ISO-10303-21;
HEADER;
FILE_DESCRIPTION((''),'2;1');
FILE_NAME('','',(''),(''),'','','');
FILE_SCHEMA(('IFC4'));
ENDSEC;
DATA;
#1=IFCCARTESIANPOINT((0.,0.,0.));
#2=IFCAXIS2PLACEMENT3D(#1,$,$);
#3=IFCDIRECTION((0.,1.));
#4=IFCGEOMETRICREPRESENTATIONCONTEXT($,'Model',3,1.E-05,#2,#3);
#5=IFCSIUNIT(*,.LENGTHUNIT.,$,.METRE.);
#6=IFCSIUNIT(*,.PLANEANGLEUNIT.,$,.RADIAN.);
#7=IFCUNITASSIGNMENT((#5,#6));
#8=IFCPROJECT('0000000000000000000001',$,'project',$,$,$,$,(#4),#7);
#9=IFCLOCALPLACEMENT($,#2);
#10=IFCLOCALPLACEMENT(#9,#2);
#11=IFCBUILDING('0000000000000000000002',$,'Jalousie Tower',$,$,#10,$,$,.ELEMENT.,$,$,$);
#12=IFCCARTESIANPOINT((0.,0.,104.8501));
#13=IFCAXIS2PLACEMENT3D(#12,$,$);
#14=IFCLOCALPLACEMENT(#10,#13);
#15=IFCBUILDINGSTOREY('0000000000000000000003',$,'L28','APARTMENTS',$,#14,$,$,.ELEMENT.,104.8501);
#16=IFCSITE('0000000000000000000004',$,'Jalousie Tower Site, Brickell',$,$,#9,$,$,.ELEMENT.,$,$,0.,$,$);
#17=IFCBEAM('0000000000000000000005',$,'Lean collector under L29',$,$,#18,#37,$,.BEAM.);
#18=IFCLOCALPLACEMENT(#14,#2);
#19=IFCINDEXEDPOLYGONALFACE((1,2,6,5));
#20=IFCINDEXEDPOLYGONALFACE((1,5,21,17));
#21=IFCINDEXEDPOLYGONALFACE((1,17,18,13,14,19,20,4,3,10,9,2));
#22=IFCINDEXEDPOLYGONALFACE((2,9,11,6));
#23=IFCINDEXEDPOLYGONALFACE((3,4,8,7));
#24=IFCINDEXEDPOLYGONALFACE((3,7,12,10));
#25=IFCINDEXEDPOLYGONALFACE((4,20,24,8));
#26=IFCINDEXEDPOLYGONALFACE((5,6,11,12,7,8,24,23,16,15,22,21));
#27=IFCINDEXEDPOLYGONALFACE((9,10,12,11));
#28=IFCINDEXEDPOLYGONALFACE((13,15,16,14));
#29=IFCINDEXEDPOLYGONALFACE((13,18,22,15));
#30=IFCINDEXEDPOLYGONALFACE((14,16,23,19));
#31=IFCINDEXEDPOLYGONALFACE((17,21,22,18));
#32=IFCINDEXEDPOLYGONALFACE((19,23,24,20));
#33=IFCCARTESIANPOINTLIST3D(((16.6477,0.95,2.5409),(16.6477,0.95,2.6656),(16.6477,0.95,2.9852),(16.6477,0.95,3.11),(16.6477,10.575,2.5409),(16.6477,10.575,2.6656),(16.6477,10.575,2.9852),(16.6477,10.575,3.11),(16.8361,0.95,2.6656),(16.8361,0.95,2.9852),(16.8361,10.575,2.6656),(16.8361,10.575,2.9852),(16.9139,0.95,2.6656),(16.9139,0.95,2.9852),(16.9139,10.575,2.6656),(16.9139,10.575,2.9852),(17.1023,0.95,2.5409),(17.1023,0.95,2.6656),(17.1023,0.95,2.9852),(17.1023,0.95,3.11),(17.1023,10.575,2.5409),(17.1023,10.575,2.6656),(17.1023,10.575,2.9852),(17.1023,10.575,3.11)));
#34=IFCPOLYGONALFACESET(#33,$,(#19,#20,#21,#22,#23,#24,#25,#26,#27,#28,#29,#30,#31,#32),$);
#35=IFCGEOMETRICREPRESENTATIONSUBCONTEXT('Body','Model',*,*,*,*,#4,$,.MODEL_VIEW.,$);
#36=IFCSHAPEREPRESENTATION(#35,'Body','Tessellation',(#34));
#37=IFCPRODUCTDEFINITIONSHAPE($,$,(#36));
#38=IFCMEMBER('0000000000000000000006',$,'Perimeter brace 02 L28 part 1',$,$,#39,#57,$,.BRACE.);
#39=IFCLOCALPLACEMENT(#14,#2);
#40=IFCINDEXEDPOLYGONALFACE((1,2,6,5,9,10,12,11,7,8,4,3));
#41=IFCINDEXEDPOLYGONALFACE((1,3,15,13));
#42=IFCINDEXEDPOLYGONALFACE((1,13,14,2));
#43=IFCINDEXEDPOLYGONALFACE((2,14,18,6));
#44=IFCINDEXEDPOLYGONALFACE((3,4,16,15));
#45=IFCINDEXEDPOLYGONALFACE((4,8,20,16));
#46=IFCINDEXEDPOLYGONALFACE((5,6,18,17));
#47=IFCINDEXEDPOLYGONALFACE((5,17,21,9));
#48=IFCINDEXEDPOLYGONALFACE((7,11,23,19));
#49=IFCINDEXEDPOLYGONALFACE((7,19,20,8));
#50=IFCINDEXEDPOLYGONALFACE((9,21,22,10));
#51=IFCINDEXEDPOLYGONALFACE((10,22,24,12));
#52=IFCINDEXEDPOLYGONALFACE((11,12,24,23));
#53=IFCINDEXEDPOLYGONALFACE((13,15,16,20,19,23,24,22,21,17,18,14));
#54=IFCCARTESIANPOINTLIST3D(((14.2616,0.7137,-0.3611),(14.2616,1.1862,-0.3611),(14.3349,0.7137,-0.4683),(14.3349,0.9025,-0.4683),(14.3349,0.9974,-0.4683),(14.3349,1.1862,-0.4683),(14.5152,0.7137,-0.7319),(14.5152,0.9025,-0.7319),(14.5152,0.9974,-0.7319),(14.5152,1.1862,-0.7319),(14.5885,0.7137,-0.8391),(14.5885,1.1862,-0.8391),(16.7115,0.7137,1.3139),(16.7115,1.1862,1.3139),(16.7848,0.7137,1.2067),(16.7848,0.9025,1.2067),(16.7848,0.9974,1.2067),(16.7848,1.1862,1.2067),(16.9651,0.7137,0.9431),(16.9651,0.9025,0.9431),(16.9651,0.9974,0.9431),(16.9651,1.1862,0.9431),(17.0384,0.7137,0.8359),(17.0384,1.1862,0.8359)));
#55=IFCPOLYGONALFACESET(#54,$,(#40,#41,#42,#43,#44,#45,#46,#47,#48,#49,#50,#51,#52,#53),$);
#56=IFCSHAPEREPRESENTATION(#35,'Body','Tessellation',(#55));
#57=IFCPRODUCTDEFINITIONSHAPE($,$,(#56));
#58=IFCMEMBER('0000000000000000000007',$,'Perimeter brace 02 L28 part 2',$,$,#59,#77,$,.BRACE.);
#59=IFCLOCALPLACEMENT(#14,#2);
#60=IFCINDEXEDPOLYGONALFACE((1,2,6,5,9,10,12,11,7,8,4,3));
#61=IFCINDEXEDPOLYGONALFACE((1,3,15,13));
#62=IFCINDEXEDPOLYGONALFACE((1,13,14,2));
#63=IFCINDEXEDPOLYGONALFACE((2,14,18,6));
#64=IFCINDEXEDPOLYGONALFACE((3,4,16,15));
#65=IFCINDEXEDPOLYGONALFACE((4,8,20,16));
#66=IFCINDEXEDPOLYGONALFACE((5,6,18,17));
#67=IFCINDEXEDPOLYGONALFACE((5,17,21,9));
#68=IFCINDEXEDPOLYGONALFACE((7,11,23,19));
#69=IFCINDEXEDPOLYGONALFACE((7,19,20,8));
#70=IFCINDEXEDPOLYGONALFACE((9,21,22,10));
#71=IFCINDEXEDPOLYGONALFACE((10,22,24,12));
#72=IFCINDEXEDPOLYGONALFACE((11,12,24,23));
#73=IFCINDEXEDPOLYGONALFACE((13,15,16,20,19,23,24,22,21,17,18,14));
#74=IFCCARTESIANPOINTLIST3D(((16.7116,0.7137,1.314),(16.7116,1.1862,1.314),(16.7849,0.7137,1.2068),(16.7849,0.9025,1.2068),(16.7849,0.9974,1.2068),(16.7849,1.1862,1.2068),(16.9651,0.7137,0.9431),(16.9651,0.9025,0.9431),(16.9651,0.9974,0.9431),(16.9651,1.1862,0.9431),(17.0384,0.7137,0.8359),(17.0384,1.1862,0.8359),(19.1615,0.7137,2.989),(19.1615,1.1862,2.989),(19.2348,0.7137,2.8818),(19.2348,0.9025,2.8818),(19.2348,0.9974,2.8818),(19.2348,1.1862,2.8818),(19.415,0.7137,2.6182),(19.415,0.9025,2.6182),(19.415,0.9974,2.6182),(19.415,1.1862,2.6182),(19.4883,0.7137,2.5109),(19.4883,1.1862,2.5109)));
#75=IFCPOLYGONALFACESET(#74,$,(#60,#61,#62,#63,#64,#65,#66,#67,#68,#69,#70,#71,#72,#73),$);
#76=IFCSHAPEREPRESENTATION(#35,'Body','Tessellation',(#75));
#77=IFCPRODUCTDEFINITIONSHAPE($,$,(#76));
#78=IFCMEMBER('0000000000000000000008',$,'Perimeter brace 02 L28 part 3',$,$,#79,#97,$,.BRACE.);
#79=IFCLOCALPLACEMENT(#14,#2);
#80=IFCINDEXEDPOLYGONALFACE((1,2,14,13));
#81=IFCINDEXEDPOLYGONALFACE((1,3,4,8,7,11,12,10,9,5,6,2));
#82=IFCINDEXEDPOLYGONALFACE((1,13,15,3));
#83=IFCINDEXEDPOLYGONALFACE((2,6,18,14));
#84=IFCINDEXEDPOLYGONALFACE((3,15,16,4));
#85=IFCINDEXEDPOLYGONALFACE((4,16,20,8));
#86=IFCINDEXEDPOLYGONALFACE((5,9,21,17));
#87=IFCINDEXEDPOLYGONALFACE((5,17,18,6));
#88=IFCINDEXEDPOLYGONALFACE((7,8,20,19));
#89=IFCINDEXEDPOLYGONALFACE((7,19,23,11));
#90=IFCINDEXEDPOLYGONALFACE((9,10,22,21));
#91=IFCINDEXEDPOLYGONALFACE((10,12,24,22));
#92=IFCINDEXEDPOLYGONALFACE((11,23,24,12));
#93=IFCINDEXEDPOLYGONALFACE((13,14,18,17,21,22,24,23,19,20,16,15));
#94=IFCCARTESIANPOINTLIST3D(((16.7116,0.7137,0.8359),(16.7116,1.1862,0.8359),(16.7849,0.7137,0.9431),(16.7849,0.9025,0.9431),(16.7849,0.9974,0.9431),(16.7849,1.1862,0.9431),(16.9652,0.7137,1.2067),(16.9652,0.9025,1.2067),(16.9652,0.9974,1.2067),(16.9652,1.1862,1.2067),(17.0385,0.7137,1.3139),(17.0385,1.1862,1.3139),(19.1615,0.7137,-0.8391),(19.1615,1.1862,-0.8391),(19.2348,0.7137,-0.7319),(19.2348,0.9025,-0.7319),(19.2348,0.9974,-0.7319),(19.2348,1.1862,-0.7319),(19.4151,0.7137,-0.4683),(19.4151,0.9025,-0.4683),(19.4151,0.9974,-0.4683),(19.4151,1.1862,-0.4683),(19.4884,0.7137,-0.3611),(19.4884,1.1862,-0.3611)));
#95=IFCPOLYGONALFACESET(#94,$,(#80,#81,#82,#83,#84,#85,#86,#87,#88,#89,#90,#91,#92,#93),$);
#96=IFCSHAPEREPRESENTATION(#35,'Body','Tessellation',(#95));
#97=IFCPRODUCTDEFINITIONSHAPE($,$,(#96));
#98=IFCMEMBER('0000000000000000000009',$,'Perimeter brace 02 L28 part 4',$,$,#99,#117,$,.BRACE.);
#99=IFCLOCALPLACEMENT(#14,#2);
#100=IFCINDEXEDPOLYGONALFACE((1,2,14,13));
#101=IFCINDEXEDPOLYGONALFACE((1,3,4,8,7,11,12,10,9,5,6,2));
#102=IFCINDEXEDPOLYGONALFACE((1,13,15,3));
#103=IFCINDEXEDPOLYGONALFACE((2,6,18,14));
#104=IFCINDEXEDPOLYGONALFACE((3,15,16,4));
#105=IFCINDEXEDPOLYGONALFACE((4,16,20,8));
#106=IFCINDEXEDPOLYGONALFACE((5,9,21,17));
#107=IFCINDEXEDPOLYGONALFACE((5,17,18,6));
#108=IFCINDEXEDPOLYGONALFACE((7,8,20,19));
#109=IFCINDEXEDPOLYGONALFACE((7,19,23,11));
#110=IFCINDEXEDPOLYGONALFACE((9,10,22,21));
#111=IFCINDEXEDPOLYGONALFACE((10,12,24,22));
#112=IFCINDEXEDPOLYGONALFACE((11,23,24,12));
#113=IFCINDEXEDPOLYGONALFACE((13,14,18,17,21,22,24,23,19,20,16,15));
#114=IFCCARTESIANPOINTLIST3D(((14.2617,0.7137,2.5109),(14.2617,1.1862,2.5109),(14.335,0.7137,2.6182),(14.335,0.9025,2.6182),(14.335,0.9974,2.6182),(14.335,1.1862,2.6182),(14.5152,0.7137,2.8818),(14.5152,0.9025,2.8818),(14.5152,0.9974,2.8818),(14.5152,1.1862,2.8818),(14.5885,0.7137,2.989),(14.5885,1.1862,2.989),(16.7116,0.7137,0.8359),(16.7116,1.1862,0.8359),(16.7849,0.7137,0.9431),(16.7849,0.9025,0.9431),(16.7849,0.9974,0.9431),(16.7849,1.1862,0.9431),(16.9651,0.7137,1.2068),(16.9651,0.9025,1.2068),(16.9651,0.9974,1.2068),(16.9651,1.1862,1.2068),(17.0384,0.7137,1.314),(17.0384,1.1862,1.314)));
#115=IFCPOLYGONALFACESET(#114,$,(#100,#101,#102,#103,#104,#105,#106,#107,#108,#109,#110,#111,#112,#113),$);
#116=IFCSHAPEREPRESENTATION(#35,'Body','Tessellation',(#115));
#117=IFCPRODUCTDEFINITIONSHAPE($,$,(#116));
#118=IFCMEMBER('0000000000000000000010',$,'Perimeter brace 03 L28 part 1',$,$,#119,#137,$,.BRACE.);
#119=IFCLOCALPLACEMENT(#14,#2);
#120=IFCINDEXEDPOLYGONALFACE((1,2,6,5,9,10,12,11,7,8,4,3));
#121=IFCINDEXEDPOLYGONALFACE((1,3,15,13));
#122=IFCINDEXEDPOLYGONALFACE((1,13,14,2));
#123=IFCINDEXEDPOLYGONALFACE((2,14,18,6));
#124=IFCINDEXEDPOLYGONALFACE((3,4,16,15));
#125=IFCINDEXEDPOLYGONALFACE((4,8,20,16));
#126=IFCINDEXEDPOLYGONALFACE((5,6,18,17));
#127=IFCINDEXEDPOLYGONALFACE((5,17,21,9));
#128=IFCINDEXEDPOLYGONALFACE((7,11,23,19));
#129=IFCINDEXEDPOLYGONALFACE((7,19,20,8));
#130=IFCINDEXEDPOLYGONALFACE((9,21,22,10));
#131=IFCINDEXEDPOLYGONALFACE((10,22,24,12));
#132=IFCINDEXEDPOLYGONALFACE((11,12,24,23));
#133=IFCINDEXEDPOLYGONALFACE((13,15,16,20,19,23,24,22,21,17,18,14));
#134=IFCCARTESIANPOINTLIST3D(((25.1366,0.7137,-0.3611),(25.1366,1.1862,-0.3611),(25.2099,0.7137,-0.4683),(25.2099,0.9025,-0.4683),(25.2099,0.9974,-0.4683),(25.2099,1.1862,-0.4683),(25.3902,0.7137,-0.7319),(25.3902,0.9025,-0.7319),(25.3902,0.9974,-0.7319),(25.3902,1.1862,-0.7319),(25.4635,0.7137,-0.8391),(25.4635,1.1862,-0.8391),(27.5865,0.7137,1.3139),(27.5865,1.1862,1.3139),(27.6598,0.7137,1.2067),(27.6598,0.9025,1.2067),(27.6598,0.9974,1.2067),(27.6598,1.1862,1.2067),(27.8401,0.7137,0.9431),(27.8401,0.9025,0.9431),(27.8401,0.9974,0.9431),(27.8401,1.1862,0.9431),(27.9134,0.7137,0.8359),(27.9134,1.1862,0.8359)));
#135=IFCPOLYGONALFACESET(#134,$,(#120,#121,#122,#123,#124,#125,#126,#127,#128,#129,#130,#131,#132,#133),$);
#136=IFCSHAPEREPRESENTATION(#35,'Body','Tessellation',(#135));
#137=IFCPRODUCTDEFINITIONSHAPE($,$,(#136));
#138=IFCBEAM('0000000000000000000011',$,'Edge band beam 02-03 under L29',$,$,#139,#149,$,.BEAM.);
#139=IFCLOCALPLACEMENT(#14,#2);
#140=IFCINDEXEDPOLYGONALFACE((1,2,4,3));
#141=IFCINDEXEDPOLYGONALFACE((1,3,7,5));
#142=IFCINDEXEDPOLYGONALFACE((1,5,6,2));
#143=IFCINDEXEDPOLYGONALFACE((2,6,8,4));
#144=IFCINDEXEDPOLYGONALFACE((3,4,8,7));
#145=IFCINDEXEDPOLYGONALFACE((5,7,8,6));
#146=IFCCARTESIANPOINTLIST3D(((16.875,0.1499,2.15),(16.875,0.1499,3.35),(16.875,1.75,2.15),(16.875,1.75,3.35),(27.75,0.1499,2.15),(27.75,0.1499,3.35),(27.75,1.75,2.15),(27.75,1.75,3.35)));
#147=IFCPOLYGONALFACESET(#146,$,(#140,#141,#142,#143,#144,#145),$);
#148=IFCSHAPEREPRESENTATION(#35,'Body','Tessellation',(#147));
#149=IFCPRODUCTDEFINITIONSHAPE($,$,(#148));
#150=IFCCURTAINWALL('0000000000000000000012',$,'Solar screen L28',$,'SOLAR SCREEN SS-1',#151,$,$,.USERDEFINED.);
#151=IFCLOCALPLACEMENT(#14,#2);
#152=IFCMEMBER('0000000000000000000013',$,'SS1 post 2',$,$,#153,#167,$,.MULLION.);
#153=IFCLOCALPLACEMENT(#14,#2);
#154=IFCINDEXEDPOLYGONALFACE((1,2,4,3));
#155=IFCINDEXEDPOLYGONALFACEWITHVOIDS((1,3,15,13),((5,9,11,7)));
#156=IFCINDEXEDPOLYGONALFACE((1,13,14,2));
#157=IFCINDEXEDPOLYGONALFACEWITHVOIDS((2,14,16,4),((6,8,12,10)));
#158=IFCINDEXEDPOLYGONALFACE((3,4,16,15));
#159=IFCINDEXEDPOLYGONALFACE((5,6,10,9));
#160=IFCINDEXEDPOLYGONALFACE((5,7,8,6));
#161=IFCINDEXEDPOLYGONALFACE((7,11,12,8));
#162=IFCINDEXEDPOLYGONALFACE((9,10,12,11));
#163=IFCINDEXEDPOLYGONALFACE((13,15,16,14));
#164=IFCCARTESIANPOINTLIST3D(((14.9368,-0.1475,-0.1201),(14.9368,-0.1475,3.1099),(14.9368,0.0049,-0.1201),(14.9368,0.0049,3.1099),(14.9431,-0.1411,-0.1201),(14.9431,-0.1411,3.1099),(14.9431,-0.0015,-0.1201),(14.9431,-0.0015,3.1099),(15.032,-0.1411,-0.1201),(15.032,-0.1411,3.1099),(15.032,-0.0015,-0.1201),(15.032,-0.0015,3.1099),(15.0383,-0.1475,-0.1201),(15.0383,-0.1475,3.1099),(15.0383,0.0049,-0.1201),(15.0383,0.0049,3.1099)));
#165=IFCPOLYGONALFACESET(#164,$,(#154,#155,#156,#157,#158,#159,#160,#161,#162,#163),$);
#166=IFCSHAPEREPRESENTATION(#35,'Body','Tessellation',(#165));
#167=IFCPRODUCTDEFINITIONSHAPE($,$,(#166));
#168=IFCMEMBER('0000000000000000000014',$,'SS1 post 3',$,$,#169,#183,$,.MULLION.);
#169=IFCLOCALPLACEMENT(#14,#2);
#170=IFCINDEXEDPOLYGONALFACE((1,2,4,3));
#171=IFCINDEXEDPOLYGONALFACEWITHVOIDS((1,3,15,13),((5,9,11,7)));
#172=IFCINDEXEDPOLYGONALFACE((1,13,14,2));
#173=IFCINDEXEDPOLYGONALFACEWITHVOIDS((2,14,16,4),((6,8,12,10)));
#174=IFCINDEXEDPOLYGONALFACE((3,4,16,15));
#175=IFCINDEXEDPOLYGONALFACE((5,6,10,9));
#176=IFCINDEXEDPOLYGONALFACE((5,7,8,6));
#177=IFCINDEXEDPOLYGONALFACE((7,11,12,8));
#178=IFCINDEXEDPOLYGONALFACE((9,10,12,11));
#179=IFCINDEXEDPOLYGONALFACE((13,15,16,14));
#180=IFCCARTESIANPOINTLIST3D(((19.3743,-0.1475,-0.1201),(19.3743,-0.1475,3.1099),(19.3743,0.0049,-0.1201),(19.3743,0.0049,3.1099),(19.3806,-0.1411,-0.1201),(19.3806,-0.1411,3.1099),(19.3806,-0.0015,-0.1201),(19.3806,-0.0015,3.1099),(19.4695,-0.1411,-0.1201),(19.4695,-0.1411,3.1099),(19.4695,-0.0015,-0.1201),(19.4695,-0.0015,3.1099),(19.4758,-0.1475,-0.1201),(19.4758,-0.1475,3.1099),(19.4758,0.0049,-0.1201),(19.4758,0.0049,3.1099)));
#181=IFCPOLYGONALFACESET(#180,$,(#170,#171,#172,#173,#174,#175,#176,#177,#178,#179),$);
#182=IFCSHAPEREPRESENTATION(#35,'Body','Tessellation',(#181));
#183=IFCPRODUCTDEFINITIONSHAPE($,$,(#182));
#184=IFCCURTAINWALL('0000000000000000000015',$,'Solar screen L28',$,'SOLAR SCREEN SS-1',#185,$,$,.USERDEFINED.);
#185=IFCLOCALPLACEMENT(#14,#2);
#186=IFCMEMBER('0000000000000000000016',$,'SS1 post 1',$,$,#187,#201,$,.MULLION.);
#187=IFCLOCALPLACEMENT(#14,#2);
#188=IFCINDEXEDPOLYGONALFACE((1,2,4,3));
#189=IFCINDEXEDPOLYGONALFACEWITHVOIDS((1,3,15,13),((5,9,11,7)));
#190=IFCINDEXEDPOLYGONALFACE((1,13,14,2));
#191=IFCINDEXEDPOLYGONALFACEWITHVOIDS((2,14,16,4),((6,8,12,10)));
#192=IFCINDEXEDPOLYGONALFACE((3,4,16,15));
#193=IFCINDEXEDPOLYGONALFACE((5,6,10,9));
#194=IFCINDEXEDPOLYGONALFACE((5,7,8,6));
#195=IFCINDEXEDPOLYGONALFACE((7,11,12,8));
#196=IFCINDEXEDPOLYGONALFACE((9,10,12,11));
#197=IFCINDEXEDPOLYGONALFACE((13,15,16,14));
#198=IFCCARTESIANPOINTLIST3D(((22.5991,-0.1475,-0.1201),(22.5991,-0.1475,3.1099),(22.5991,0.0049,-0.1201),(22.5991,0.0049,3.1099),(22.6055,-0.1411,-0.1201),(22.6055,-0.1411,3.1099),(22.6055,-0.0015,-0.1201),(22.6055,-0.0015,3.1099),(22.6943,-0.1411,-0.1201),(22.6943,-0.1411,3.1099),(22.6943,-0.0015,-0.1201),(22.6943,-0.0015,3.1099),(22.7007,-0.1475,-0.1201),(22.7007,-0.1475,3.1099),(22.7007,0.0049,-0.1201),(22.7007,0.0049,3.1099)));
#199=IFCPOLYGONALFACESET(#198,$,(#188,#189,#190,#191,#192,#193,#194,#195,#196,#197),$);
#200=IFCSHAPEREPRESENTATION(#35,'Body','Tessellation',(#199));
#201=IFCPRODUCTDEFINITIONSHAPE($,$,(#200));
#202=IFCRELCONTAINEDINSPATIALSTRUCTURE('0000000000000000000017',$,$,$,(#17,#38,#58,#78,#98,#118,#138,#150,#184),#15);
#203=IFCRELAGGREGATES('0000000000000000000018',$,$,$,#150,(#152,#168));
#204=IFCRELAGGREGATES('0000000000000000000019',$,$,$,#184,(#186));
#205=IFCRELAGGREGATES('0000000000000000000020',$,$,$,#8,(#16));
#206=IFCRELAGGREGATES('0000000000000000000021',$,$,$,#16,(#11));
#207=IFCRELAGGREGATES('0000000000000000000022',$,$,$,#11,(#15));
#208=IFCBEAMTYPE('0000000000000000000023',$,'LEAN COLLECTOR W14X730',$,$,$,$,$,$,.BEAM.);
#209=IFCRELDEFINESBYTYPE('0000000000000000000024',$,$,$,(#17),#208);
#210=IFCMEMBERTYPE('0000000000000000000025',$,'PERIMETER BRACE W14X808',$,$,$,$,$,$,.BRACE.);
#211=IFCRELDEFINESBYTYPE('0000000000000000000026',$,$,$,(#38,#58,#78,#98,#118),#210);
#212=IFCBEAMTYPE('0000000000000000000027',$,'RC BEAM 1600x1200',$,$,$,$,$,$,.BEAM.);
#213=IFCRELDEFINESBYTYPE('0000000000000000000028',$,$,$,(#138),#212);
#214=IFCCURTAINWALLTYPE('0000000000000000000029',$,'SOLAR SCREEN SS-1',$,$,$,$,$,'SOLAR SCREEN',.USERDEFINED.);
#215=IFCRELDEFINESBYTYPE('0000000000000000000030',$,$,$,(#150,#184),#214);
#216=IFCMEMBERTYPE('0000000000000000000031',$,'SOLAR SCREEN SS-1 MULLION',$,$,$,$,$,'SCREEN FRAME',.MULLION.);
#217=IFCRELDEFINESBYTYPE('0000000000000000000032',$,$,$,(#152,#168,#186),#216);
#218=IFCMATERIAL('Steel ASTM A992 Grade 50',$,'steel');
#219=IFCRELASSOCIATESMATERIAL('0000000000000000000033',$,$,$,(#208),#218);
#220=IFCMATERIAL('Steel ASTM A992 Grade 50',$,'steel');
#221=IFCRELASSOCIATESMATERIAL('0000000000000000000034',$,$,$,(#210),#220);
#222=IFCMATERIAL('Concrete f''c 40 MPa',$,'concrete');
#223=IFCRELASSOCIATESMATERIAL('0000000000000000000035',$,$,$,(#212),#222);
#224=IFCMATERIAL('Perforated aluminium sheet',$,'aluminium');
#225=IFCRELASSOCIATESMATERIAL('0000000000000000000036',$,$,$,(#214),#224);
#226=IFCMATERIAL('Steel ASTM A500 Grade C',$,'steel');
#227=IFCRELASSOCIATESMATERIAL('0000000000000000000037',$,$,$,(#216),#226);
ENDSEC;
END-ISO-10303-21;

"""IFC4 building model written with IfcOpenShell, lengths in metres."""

from ifc_helpers import new_model, si_unit, direction, frame, origin, origin_2d, place, context, subcontext, project, spatial, rectangle, hollow_rectangle, i_section, extrude, material, material_profile, profile_set, type_object, element, aggregate, save


model = new_model("IFC4")

# Units and contexts
model_context = context("Model", 3, precision=1e-05, world=origin(), true_north=direction((0.0, 1.0)))
body_context = subcontext(model_context, "Body", "Model", "MODEL_VIEW")
ifc_project = project(units=[si_unit("LENGTHUNIT", "METRE"), si_unit("PLANEANGLEUNIT", "RADIAN")], contexts=[model_context])

# Site, building, storey
site_placement = place(None, origin())
site = spatial("IfcSite", under=ifc_project, at=site_placement, Name="Jalousie Tower Site, Brickell", CompositionType="ELEMENT", RefElevation=0.0)
building_placement = place(site_placement, origin())
building = spatial("IfcBuilding", under=site, at=building_placement, Name="Jalousie Tower", CompositionType="ELEMENT")
storey_placement = place(building_placement, frame((0.0, 0.0, 104.8501)))
storey = spatial("IfcBuildingStorey", under=building, at=storey_placement, Name="L28", Description="APARTMENTS", CompositionType="ELEMENT", Elevation=104.8501)

# Beam
ifc_material_1 = material(Name="Steel ASTM A992 Grade 50", Category="steel")
ifc_material_profile_1 = material_profile(ifc_material_1, i_section(OverallWidth=0.4546, OverallDepth=0.5691, WebThickness=0.0779, FlangeThickness=0.1248, at=origin_2d()), Name="W14X730")
ifc_profile_set_1 = profile_set([ifc_material_profile_1], Name="Steel ASTM A992 Grade 50")
beam_type_1 = type_object("IfcBeamType", Name="LEAN COLLECTOR W14X730", PredefinedType="BEAM", material=ifc_profile_set_1)
beam_1_placement = place(storey_placement, frame((16.875, 0.95, 2.8254), z_axis=(0.0, 1.0, 0.0), x_axis=(-1.0, 0.0, 0.0)))
element("IfcBeam", 1, at=beam_1_placement, inside=storey, type_object=beam_type_1, Name="Lean collector under L29", PredefinedType="BEAM", context=body_context, shape_type="SweptSolid", body=[
    extrude(i_section(OverallWidth=0.4546, OverallDepth=0.5691, WebThickness=0.0779, FlangeThickness=0.1248, at=origin_2d()), origin(), (0.0, 0.0, 1.0), 9.625),
])

# Members
ifc_material_2 = material(Name="Steel ASTM A992 Grade 50", Category="steel")
ifc_material_profile_2 = material_profile(ifc_material_2, i_section(OverallWidth=0.4724, OverallDepth=0.5791, WebThickness=0.095, FlangeThickness=0.1299, at=origin_2d()), Name="W14X808")
ifc_profile_set_2 = profile_set([ifc_material_profile_2], Name="Steel ASTM A992 Grade 50")
member_type_1 = type_object("IfcMemberType", Name="PERIMETER BRACE W14X808", PredefinedType="BRACE", material=ifc_profile_set_2)
for number, where, z_axis, x_axis, name in (
    (2, (14.425, 0.95, -0.6001), (0.825501, 0.0, 0.564401), (0.0, 1.0, 0.0), "Perimeter brace 02 L28 part 1"),
    (3, (16.875, 0.95, 1.075), (0.825501, 0.0, 0.564401), (0.0, 1.0, 0.0), "Perimeter brace 02 L28 part 2"),
    (4, (19.325, 0.95, -0.6001), (-0.825501, 0.0, 0.564401), (0.0, -1.0, 0.0), "Perimeter brace 02 L28 part 3"),
    (5, (16.875, 0.95, 1.075), (-0.825501, 0.0, 0.564401), (0.0, -1.0, 0.0), "Perimeter brace 02 L28 part 4"),
    (6, (25.3, 0.95, -0.6001), (0.825501, 0.0, 0.564401), (0.0, 1.0, 0.0), "Perimeter brace 03 L28 part 1"),
):
    element("IfcMember", number, at=place(storey_placement, frame(where, z_axis=z_axis, x_axis=x_axis)), inside=storey, type_object=member_type_1, Name=name, PredefinedType="BRACE", context=body_context, shape_type="SweptSolid", body=[
        extrude(i_section(OverallWidth=0.4724, OverallDepth=0.5791, WebThickness=0.095, FlangeThickness=0.1299, at=origin_2d()), origin(), (0.0, 0.0, 1.0), 2.9678),
    ])

# Beam
ifc_material_3 = material(Name="Concrete f'c 40 MPa", Category="concrete")
ifc_material_profile_3 = material_profile(ifc_material_3, rectangle(XDim=1.6001, YDim=1.2, at=origin_2d()), Name="RC 1600x1200")
ifc_profile_set_3 = profile_set([ifc_material_profile_3], Name="Concrete f'c 40 MPa")
beam_type_2 = type_object("IfcBeamType", Name="RC BEAM 1600x1200", PredefinedType="BEAM", material=ifc_profile_set_3)
beam_2_placement = place(storey_placement, frame((16.875, 0.95, 2.75), z_axis=(1.0, 0.0, 0.0), x_axis=(0.0, 1.0, 0.0)))
element("IfcBeam", 7, at=beam_2_placement, inside=storey, type_object=beam_type_2, Name="Edge band beam 02-03 under L29", PredefinedType="BEAM", context=body_context, shape_type="SweptSolid", body=[
    extrude(rectangle(XDim=1.6001, YDim=1.2, at=origin_2d()), origin(), (0.0, 0.0, 1.0), 10.875),
])

# Curtain walls, members
ifc_material_4 = material(Name="Perforated aluminium sheet", Category="aluminium")
curtain_wall_type = type_object("IfcCurtainWallType", Name="SOLAR SCREEN SS-1", ElementType="SOLAR SCREEN", PredefinedType="USERDEFINED", material=ifc_material_4)
curtain_wall_1_placement = place(storey_placement, origin())
curtain_wall_1 = element("IfcCurtainWall", 8, at=curtain_wall_1_placement, inside=storey, type_object=curtain_wall_type, Name="Solar screen L28", ObjectType="SOLAR SCREEN SS-1", PredefinedType="USERDEFINED")
ifc_material_5 = material(Name="Steel ASTM A500 Grade C", Category="steel")
ifc_material_profile_4 = material_profile(ifc_material_5, hollow_rectangle(XDim=0.1016, YDim=0.1523, WallThickness=0.0063, at=origin_2d()), Name="HSS6X4X1/4")
ifc_profile_set_4 = profile_set([ifc_material_profile_4], Name="Steel ASTM A500 Grade C")
member_type_2 = type_object("IfcMemberType", Name="SOLAR SCREEN SS-1 MULLION", ElementType="SCREEN FRAME", PredefinedType="MULLION", material=ifc_profile_set_4)
member_1_placement = place(storey_placement, frame((14.9875, -0.0713, -0.1201), z_axis=(0.0, 0.0, 1.0), x_axis=(1.0, 0.0, 0.0)))
member_1 = element("IfcMember", 9, at=member_1_placement, type_object=member_type_2, Name="SS1 post 2", PredefinedType="MULLION", context=body_context, shape_type="SweptSolid", body=[
    extrude(hollow_rectangle(XDim=0.1016, YDim=0.1523, WallThickness=0.0063, at=origin_2d()), origin(), (0.0, 0.0, 1.0), 3.23),
])
member_2_placement = place(storey_placement, frame((19.425, -0.0713, -0.1201), z_axis=(0.0, 0.0, 1.0), x_axis=(1.0, 0.0, 0.0)))
member_2 = element("IfcMember", 10, at=member_2_placement, type_object=member_type_2, Name="SS1 post 3", PredefinedType="MULLION", context=body_context, shape_type="SweptSolid", body=[
    extrude(hollow_rectangle(XDim=0.1016, YDim=0.1523, WallThickness=0.0063, at=origin_2d()), origin(), (0.0, 0.0, 1.0), 3.23),
])
curtain_wall_2_placement = place(storey_placement, origin())
curtain_wall_2 = element("IfcCurtainWall", 11, at=curtain_wall_2_placement, inside=storey, type_object=curtain_wall_type, Name="Solar screen L28", ObjectType="SOLAR SCREEN SS-1", PredefinedType="USERDEFINED")
member_3_placement = place(storey_placement, frame((22.6499, -0.0713, -0.1201), z_axis=(0.0, 0.0, 1.0), x_axis=(1.0, 0.0, 0.0)))
member_3 = element("IfcMember", 12, at=member_3_placement, type_object=member_type_2, Name="SS1 post 1", PredefinedType="MULLION", context=body_context, shape_type="SweptSolid", body=[
    extrude(hollow_rectangle(XDim=0.1016, YDim=0.1523, WallThickness=0.0063, at=origin_2d()), origin(), (0.0, 0.0, 1.0), 3.23),
])

aggregate(curtain_wall_1, [member_1, member_2])
aggregate(curtain_wall_2, [member_3])

save(model, "model.ifc")
